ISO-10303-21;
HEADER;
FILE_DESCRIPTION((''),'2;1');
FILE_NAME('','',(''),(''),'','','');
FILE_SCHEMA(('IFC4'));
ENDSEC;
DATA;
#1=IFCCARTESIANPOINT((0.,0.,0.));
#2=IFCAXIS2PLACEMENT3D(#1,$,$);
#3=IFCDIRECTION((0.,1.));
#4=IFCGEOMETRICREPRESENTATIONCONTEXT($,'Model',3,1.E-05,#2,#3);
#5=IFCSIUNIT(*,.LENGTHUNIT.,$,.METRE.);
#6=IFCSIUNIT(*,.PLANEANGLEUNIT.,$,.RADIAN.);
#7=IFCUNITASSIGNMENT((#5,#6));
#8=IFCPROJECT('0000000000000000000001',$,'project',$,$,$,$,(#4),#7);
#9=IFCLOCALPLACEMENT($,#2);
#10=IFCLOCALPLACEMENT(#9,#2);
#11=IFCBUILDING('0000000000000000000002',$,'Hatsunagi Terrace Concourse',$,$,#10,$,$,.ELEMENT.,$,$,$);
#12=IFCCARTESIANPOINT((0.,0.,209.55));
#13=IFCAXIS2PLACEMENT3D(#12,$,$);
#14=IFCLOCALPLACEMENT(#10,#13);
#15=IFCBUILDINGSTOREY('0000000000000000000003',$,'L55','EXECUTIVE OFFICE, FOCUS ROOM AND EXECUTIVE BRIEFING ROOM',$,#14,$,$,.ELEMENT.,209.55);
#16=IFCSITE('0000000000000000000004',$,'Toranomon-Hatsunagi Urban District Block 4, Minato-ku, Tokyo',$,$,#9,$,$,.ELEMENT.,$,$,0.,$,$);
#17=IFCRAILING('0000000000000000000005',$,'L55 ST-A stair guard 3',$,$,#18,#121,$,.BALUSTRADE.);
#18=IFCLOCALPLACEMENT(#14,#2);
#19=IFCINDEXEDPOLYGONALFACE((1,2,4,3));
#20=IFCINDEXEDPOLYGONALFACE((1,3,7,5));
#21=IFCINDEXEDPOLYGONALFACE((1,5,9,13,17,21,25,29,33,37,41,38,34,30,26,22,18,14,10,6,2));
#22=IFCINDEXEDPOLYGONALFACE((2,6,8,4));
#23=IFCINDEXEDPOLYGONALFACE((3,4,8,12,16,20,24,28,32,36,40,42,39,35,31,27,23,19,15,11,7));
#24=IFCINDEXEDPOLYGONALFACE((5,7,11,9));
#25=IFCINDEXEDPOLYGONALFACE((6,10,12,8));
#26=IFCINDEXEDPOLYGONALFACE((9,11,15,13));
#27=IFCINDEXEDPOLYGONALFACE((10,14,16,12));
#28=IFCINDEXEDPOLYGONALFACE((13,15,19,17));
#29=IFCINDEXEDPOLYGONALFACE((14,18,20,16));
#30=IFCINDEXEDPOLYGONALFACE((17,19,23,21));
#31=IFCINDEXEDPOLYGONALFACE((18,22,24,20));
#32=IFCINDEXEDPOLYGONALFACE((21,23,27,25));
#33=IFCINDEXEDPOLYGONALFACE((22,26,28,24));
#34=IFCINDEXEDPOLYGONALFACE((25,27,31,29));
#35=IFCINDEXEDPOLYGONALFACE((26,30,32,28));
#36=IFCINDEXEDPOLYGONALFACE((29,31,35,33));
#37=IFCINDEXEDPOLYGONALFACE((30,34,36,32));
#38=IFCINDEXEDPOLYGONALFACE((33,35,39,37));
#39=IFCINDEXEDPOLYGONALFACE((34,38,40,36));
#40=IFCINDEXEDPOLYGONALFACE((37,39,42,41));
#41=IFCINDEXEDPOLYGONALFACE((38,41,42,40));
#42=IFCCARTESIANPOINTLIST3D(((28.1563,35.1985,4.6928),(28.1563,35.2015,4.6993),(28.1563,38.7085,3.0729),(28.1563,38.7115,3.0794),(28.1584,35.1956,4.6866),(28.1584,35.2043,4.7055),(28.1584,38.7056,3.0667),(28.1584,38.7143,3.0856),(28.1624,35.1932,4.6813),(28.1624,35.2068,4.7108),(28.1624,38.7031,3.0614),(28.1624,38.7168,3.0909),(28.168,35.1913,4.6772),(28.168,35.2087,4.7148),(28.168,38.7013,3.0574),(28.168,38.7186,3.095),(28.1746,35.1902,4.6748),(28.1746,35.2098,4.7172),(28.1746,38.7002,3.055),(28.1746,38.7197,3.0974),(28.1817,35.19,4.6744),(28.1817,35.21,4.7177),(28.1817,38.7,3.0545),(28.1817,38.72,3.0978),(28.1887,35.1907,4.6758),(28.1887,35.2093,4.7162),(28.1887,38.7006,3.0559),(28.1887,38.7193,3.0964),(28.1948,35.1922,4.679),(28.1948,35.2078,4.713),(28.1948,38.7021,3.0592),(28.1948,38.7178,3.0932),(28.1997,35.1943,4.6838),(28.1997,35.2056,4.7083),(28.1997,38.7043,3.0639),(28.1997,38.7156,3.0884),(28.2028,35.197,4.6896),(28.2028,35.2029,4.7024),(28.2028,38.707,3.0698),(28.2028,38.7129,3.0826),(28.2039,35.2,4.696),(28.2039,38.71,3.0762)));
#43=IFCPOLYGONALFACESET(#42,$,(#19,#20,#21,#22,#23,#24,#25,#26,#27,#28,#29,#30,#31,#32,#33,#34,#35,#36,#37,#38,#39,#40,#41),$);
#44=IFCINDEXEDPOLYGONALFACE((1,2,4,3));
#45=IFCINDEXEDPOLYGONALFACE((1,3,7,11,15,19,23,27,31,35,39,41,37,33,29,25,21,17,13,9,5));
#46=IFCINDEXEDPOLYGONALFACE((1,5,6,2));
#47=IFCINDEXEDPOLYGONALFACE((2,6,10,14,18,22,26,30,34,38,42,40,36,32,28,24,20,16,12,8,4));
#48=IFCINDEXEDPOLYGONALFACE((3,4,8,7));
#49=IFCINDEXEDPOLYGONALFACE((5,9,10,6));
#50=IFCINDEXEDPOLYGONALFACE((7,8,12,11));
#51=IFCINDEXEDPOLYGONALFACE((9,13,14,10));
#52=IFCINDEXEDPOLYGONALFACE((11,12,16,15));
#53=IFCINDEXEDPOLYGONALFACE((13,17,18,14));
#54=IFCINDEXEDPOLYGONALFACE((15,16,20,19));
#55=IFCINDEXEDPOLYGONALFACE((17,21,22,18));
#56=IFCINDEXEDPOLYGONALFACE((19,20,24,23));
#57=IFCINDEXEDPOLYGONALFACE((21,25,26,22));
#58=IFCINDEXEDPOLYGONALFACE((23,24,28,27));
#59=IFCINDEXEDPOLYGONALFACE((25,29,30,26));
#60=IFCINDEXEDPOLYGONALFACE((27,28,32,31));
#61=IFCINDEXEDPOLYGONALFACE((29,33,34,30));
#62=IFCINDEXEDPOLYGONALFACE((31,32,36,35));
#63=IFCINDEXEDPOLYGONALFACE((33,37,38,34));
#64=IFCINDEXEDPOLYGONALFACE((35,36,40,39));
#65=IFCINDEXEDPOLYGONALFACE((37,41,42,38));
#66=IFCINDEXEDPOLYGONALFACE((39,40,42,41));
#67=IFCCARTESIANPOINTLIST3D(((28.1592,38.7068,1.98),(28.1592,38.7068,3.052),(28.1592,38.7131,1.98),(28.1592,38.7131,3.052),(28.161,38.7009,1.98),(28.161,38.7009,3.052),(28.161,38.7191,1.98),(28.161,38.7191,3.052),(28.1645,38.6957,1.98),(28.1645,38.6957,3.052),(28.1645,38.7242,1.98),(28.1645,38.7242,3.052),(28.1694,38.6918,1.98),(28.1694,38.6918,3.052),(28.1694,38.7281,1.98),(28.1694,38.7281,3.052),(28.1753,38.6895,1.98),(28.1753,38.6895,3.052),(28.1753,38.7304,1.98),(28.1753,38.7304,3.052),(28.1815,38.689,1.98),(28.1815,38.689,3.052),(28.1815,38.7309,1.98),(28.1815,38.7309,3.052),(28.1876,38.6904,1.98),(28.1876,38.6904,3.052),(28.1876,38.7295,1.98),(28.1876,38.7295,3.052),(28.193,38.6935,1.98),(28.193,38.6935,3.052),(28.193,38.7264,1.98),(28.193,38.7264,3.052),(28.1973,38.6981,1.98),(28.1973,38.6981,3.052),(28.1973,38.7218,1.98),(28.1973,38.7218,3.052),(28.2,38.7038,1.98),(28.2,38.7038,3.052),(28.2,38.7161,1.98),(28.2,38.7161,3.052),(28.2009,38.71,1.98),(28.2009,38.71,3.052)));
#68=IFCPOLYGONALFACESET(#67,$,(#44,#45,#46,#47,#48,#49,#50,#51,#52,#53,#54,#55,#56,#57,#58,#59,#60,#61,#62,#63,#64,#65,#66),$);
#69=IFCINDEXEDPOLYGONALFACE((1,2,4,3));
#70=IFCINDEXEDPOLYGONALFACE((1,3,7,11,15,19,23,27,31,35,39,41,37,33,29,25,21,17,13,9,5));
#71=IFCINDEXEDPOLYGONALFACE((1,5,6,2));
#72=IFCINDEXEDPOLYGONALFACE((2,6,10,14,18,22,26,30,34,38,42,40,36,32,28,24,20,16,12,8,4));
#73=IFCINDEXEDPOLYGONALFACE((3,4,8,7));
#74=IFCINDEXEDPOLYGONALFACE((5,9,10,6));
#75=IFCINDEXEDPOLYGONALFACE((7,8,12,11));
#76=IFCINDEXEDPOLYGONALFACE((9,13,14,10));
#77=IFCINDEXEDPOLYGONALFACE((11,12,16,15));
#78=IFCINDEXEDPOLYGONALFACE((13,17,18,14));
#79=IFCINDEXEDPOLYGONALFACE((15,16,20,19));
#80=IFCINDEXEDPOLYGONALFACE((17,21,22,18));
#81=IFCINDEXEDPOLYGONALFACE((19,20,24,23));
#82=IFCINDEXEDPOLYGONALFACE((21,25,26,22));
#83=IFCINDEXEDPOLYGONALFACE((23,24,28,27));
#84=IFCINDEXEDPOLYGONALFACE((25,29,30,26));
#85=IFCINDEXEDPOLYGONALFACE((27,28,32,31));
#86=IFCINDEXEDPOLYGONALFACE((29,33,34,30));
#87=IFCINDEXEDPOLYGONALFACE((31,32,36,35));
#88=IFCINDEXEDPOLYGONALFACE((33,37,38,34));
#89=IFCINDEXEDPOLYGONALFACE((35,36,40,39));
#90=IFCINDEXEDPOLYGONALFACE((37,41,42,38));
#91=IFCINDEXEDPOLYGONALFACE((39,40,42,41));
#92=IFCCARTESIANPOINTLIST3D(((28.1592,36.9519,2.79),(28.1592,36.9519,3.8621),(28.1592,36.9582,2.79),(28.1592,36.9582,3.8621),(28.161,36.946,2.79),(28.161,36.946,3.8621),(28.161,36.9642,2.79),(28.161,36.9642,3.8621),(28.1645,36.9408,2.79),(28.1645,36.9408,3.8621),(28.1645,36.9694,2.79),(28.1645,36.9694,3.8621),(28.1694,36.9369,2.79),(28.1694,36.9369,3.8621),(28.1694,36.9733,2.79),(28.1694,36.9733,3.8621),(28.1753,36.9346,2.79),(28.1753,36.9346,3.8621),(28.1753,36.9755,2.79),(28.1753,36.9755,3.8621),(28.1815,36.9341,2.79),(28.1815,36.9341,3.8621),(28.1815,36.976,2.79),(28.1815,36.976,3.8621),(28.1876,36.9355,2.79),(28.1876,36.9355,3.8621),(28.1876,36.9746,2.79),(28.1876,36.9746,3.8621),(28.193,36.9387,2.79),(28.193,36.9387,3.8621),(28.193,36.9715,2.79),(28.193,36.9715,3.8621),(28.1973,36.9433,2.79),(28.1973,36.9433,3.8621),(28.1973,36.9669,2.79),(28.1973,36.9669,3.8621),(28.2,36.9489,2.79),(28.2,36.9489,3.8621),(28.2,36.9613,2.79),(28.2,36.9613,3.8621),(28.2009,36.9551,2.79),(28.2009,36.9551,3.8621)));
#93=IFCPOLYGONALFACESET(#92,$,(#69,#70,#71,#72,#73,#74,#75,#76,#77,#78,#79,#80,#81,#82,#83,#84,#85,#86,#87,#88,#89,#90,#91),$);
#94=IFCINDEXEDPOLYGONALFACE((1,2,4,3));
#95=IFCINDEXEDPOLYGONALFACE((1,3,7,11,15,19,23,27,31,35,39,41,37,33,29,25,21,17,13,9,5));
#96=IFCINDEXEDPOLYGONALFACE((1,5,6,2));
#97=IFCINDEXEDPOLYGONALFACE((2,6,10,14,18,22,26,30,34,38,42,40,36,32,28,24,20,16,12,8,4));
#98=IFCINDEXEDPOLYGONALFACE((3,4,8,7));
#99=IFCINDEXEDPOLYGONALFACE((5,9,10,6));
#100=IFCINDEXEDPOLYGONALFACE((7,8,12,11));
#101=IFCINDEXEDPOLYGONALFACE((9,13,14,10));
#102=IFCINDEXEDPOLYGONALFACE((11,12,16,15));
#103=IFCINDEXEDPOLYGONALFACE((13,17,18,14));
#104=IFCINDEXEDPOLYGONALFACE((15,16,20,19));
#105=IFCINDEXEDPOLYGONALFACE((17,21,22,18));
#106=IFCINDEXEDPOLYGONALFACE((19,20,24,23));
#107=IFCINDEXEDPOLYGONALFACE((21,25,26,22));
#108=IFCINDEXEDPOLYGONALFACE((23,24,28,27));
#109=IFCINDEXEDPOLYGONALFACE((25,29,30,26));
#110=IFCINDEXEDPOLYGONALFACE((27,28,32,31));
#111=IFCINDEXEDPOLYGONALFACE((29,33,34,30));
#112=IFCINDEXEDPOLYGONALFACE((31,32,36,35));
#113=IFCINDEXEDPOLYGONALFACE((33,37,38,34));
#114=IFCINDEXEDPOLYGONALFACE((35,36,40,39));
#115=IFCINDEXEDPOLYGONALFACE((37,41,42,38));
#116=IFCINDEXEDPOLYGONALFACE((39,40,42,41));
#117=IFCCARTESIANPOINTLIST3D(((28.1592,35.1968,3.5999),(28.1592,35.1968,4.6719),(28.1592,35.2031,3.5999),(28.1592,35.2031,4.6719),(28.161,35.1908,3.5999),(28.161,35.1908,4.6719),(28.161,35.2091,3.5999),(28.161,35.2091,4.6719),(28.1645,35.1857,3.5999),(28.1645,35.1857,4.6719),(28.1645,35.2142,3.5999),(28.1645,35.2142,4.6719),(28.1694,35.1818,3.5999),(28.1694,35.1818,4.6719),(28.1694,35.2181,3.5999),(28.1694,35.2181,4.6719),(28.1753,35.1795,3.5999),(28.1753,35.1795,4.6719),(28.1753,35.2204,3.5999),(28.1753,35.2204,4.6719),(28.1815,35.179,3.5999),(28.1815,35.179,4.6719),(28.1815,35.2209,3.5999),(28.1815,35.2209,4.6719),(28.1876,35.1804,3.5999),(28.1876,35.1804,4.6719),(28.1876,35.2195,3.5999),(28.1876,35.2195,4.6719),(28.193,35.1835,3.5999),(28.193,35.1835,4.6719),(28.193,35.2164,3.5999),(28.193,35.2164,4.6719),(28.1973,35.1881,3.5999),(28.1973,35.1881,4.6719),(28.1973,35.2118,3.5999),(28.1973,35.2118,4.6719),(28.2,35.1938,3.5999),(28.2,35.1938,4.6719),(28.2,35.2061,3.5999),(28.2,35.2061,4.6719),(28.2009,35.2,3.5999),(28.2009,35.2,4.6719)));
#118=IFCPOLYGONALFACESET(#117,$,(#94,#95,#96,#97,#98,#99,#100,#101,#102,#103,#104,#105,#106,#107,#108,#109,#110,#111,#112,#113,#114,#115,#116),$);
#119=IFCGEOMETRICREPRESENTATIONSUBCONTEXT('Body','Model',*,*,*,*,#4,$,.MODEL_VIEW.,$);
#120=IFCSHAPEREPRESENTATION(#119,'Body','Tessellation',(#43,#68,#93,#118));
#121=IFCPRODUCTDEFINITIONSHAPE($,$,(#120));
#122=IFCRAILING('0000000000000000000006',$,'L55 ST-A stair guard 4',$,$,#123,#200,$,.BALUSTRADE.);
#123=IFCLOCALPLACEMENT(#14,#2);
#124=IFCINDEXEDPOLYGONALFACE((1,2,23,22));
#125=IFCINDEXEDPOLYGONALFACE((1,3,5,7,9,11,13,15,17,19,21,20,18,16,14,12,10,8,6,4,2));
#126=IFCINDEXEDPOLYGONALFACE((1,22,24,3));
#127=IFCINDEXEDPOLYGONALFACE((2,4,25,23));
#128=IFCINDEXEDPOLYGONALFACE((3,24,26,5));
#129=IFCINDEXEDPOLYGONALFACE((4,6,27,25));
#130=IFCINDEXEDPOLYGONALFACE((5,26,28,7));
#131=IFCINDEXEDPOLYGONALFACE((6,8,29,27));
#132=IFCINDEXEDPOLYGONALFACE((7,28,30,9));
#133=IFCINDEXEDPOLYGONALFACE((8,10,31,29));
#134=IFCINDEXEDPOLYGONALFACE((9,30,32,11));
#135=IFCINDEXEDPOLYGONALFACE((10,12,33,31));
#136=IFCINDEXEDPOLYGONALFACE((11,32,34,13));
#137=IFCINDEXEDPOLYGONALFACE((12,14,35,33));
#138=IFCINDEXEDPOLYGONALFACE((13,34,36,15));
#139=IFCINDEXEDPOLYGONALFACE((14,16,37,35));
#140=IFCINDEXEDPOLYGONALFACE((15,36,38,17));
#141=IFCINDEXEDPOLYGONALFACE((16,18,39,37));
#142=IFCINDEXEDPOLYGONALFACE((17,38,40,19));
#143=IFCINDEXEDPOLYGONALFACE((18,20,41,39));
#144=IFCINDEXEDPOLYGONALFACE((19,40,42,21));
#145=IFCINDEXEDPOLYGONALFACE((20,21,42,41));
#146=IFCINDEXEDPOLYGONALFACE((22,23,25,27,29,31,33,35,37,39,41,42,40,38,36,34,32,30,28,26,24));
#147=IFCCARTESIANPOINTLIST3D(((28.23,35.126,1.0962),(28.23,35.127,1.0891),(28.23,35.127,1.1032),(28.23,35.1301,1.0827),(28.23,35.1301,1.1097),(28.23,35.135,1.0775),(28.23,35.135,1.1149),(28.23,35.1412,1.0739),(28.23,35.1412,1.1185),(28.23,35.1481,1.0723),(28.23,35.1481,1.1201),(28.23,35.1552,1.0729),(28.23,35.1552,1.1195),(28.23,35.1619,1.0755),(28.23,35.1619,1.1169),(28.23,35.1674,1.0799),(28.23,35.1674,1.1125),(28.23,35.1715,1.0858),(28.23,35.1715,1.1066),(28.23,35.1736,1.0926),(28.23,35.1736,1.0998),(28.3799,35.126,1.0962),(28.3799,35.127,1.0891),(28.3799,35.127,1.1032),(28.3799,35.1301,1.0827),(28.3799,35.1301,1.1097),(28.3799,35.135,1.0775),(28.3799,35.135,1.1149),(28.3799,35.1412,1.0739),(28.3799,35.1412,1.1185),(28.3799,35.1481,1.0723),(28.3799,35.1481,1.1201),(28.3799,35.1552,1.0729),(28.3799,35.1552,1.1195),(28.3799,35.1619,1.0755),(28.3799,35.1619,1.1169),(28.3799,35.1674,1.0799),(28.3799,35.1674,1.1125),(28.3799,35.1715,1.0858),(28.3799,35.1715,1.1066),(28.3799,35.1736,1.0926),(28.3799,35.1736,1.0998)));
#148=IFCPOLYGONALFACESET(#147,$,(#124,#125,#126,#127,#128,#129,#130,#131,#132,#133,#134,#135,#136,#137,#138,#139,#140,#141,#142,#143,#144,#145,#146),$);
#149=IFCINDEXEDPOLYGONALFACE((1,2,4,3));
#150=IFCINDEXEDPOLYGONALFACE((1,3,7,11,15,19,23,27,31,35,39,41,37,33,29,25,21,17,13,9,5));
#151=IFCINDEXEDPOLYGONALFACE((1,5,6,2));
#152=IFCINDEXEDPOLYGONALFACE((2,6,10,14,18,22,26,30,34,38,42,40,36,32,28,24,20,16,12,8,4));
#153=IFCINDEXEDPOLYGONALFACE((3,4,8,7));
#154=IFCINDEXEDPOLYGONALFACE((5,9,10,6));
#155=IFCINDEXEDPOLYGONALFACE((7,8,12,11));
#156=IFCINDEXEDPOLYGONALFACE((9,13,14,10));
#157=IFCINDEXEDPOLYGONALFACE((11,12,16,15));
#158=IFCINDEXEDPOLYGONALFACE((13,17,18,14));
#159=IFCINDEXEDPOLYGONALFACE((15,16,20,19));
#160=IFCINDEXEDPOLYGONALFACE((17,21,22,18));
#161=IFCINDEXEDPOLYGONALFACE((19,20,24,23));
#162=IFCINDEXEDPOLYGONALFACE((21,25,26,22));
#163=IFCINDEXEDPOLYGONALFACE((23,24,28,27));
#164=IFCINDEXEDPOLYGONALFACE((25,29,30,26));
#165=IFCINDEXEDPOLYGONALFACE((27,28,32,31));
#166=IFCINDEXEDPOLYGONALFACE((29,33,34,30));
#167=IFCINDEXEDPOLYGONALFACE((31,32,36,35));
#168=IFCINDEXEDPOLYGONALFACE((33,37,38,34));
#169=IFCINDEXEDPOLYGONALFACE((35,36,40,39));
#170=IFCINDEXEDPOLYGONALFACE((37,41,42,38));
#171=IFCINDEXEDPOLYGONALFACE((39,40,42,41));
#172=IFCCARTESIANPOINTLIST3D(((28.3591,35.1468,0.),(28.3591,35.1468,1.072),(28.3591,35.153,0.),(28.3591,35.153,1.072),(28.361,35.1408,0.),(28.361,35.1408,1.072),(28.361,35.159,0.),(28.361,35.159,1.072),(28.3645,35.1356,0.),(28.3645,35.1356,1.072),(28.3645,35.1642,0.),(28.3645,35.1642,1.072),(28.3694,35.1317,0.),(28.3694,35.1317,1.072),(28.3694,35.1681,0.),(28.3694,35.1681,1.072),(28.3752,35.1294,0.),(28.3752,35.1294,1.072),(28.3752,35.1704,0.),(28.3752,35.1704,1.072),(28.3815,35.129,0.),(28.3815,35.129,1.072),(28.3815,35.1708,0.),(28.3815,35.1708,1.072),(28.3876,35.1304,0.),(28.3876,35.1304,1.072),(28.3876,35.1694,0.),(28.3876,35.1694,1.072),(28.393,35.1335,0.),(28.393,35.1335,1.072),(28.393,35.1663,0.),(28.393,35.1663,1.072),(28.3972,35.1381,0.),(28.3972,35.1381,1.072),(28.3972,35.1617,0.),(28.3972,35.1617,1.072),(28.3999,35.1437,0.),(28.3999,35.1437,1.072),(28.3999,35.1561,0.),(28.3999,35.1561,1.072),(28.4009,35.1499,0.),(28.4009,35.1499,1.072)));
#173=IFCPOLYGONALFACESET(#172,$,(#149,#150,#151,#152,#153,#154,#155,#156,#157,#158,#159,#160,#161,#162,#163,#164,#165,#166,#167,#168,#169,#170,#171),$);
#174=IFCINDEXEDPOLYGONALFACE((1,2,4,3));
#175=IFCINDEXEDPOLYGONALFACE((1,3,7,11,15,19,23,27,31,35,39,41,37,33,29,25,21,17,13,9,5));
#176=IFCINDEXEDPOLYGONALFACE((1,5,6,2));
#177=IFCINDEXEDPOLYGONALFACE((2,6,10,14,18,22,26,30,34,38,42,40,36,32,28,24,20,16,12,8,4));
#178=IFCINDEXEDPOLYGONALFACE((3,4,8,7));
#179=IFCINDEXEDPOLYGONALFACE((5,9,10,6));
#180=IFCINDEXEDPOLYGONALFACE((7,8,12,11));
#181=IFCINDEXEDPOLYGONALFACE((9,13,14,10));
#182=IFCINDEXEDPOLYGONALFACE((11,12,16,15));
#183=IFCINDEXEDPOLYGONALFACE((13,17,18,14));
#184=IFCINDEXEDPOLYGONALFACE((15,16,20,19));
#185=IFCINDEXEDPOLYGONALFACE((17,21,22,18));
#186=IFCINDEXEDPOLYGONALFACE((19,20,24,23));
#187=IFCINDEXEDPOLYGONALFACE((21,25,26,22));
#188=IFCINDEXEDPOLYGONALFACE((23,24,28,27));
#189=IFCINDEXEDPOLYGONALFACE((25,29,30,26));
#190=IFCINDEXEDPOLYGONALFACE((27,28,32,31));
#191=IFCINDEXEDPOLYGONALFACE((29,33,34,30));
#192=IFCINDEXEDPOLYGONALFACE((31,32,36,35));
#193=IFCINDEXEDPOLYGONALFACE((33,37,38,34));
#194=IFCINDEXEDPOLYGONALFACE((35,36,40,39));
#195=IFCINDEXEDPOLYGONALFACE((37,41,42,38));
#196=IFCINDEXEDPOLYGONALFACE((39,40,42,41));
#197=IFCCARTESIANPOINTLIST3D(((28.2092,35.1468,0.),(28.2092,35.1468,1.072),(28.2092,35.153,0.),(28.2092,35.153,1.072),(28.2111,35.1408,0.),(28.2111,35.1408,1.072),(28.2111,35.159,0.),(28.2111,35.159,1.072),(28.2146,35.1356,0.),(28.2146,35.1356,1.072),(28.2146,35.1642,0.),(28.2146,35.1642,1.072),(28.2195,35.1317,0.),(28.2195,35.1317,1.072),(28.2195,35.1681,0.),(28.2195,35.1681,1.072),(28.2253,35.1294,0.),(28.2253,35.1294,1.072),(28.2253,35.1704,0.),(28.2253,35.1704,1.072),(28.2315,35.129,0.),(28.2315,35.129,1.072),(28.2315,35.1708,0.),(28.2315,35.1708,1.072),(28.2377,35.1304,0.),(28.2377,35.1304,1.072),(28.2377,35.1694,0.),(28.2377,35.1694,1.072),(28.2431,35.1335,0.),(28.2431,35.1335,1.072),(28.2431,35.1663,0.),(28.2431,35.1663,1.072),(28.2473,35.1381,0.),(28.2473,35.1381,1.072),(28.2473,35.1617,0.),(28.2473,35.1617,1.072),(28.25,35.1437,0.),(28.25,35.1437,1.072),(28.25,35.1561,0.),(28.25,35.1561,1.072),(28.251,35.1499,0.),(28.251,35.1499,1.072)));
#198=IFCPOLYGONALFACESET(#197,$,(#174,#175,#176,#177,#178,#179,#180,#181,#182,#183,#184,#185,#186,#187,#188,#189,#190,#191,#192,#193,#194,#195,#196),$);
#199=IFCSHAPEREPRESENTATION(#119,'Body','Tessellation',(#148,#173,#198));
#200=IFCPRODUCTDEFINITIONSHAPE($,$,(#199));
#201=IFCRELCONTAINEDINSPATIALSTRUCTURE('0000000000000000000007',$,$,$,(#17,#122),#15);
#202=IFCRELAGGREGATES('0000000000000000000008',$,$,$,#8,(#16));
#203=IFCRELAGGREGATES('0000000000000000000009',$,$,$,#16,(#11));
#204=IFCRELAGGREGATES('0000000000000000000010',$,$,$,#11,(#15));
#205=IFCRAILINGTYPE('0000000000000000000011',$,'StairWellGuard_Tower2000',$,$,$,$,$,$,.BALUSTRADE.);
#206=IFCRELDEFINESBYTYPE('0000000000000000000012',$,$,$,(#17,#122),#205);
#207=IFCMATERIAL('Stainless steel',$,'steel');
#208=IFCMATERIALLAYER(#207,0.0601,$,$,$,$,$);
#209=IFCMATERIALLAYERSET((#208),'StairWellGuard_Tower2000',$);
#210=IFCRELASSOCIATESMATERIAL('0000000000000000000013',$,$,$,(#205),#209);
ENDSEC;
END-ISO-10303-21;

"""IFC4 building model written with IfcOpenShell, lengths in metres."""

from ifc_helpers import new_model, si_unit, direction, frame, origin, origin_2d, place, context, subcontext, project, spatial, circle, extrude, material, layer, layer_set, type_object, element, save


model = new_model("IFC4")

# Units and contexts
model_context = context("Model", 3, precision=1e-05, world=origin(), true_north=direction((0.0, 1.0)))
body_context = subcontext(model_context, "Body", "Model", "MODEL_VIEW")
ifc_project = project(units=[si_unit("LENGTHUNIT", "METRE"), si_unit("PLANEANGLEUNIT", "RADIAN")], contexts=[model_context])

# Site, building, storey
site_placement = place(None, origin())
site = spatial("IfcSite", under=ifc_project, at=site_placement, Name="Toranomon-Hatsunagi Urban District Block 4, Minato-ku, Tokyo", CompositionType="ELEMENT", RefElevation=0.0)
building_placement = place(site_placement, origin())
building = spatial("IfcBuilding", under=site, at=building_placement, Name="Hatsunagi Terrace Concourse", CompositionType="ELEMENT")
storey_placement = place(building_placement, frame((0.0, 0.0, 209.55)))
storey = spatial("IfcBuildingStorey", under=building, at=storey_placement, Name="L55", Description="EXECUTIVE OFFICE, FOCUS ROOM AND EXECUTIVE BRIEFING ROOM", CompositionType="ELEMENT", Elevation=209.55)

# Railings
ifc_material_1 = material(Name="Stainless steel", Category="steel")
ifc_layer_1 = layer(ifc_material_1, 0.0601)
ifc_layer_set_1 = layer_set([ifc_layer_1], Name="StairWellGuard_Tower2000")
railing_type_1 = type_object("IfcRailingType", Name="StairWellGuard_Tower2000", PredefinedType="BALUSTRADE", material=ifc_layer_set_1)
railing_1_placement = place(storey_placement, frame((28.1799, 38.71, 1.98)))
element("IfcRailing", 1, at=railing_1_placement, inside=storey, type_object=railing_type_1, Name="L55 ST-A stair guard 3", PredefinedType="BALUSTRADE", context=body_context, shape_type="SweptSolid", body=[
    extrude(circle(Radius=0.0239, at=origin_2d()), frame((0.0, 0.0, 1.0962), z_axis=(0.0, -0.907972, 0.41903), x_axis=(1.0, 0.0, 0.0)), (0.0, 0.0, 1.0), 3.8657),
    extrude(circle(Radius=0.021, at=origin_2d()), origin(), (0.0, 0.0, 1.0), 1.072),
    extrude(circle(Radius=0.021, at=origin_2d()), frame((0.0, -1.7549, 0.8101)), (0.0, 0.0, 1.0), 1.072),
    extrude(circle(Radius=0.021, at=origin_2d()), frame((0.0, -3.51, 1.6199)), (0.0, 0.0, 1.0), 1.072),
])
railing_2_placement = place(storey_placement, frame((28.3799, 35.1499, 0.0)))
element("IfcRailing", 2, at=railing_2_placement, inside=storey, type_object=railing_type_1, Name="L55 ST-A stair guard 4", PredefinedType="BALUSTRADE", context=body_context, shape_type="SweptSolid", body=[
    extrude(circle(Radius=0.0239, at=origin_2d()), frame((0.0, 0.0, 1.0962), z_axis=(-1.0, 0.0, 0.0), x_axis=(0.0, -1.0, 0.0)), (0.0, 0.0, 1.0), 0.1499),
    extrude(circle(Radius=0.021, at=origin_2d()), origin(), (0.0, 0.0, 1.0), 1.072),
    extrude(circle(Radius=0.021, at=origin_2d()), frame((-0.1499, 0.0, 0.0)), (0.0, 0.0, 1.0), 1.072),
])

save(model, "model.ifc")
